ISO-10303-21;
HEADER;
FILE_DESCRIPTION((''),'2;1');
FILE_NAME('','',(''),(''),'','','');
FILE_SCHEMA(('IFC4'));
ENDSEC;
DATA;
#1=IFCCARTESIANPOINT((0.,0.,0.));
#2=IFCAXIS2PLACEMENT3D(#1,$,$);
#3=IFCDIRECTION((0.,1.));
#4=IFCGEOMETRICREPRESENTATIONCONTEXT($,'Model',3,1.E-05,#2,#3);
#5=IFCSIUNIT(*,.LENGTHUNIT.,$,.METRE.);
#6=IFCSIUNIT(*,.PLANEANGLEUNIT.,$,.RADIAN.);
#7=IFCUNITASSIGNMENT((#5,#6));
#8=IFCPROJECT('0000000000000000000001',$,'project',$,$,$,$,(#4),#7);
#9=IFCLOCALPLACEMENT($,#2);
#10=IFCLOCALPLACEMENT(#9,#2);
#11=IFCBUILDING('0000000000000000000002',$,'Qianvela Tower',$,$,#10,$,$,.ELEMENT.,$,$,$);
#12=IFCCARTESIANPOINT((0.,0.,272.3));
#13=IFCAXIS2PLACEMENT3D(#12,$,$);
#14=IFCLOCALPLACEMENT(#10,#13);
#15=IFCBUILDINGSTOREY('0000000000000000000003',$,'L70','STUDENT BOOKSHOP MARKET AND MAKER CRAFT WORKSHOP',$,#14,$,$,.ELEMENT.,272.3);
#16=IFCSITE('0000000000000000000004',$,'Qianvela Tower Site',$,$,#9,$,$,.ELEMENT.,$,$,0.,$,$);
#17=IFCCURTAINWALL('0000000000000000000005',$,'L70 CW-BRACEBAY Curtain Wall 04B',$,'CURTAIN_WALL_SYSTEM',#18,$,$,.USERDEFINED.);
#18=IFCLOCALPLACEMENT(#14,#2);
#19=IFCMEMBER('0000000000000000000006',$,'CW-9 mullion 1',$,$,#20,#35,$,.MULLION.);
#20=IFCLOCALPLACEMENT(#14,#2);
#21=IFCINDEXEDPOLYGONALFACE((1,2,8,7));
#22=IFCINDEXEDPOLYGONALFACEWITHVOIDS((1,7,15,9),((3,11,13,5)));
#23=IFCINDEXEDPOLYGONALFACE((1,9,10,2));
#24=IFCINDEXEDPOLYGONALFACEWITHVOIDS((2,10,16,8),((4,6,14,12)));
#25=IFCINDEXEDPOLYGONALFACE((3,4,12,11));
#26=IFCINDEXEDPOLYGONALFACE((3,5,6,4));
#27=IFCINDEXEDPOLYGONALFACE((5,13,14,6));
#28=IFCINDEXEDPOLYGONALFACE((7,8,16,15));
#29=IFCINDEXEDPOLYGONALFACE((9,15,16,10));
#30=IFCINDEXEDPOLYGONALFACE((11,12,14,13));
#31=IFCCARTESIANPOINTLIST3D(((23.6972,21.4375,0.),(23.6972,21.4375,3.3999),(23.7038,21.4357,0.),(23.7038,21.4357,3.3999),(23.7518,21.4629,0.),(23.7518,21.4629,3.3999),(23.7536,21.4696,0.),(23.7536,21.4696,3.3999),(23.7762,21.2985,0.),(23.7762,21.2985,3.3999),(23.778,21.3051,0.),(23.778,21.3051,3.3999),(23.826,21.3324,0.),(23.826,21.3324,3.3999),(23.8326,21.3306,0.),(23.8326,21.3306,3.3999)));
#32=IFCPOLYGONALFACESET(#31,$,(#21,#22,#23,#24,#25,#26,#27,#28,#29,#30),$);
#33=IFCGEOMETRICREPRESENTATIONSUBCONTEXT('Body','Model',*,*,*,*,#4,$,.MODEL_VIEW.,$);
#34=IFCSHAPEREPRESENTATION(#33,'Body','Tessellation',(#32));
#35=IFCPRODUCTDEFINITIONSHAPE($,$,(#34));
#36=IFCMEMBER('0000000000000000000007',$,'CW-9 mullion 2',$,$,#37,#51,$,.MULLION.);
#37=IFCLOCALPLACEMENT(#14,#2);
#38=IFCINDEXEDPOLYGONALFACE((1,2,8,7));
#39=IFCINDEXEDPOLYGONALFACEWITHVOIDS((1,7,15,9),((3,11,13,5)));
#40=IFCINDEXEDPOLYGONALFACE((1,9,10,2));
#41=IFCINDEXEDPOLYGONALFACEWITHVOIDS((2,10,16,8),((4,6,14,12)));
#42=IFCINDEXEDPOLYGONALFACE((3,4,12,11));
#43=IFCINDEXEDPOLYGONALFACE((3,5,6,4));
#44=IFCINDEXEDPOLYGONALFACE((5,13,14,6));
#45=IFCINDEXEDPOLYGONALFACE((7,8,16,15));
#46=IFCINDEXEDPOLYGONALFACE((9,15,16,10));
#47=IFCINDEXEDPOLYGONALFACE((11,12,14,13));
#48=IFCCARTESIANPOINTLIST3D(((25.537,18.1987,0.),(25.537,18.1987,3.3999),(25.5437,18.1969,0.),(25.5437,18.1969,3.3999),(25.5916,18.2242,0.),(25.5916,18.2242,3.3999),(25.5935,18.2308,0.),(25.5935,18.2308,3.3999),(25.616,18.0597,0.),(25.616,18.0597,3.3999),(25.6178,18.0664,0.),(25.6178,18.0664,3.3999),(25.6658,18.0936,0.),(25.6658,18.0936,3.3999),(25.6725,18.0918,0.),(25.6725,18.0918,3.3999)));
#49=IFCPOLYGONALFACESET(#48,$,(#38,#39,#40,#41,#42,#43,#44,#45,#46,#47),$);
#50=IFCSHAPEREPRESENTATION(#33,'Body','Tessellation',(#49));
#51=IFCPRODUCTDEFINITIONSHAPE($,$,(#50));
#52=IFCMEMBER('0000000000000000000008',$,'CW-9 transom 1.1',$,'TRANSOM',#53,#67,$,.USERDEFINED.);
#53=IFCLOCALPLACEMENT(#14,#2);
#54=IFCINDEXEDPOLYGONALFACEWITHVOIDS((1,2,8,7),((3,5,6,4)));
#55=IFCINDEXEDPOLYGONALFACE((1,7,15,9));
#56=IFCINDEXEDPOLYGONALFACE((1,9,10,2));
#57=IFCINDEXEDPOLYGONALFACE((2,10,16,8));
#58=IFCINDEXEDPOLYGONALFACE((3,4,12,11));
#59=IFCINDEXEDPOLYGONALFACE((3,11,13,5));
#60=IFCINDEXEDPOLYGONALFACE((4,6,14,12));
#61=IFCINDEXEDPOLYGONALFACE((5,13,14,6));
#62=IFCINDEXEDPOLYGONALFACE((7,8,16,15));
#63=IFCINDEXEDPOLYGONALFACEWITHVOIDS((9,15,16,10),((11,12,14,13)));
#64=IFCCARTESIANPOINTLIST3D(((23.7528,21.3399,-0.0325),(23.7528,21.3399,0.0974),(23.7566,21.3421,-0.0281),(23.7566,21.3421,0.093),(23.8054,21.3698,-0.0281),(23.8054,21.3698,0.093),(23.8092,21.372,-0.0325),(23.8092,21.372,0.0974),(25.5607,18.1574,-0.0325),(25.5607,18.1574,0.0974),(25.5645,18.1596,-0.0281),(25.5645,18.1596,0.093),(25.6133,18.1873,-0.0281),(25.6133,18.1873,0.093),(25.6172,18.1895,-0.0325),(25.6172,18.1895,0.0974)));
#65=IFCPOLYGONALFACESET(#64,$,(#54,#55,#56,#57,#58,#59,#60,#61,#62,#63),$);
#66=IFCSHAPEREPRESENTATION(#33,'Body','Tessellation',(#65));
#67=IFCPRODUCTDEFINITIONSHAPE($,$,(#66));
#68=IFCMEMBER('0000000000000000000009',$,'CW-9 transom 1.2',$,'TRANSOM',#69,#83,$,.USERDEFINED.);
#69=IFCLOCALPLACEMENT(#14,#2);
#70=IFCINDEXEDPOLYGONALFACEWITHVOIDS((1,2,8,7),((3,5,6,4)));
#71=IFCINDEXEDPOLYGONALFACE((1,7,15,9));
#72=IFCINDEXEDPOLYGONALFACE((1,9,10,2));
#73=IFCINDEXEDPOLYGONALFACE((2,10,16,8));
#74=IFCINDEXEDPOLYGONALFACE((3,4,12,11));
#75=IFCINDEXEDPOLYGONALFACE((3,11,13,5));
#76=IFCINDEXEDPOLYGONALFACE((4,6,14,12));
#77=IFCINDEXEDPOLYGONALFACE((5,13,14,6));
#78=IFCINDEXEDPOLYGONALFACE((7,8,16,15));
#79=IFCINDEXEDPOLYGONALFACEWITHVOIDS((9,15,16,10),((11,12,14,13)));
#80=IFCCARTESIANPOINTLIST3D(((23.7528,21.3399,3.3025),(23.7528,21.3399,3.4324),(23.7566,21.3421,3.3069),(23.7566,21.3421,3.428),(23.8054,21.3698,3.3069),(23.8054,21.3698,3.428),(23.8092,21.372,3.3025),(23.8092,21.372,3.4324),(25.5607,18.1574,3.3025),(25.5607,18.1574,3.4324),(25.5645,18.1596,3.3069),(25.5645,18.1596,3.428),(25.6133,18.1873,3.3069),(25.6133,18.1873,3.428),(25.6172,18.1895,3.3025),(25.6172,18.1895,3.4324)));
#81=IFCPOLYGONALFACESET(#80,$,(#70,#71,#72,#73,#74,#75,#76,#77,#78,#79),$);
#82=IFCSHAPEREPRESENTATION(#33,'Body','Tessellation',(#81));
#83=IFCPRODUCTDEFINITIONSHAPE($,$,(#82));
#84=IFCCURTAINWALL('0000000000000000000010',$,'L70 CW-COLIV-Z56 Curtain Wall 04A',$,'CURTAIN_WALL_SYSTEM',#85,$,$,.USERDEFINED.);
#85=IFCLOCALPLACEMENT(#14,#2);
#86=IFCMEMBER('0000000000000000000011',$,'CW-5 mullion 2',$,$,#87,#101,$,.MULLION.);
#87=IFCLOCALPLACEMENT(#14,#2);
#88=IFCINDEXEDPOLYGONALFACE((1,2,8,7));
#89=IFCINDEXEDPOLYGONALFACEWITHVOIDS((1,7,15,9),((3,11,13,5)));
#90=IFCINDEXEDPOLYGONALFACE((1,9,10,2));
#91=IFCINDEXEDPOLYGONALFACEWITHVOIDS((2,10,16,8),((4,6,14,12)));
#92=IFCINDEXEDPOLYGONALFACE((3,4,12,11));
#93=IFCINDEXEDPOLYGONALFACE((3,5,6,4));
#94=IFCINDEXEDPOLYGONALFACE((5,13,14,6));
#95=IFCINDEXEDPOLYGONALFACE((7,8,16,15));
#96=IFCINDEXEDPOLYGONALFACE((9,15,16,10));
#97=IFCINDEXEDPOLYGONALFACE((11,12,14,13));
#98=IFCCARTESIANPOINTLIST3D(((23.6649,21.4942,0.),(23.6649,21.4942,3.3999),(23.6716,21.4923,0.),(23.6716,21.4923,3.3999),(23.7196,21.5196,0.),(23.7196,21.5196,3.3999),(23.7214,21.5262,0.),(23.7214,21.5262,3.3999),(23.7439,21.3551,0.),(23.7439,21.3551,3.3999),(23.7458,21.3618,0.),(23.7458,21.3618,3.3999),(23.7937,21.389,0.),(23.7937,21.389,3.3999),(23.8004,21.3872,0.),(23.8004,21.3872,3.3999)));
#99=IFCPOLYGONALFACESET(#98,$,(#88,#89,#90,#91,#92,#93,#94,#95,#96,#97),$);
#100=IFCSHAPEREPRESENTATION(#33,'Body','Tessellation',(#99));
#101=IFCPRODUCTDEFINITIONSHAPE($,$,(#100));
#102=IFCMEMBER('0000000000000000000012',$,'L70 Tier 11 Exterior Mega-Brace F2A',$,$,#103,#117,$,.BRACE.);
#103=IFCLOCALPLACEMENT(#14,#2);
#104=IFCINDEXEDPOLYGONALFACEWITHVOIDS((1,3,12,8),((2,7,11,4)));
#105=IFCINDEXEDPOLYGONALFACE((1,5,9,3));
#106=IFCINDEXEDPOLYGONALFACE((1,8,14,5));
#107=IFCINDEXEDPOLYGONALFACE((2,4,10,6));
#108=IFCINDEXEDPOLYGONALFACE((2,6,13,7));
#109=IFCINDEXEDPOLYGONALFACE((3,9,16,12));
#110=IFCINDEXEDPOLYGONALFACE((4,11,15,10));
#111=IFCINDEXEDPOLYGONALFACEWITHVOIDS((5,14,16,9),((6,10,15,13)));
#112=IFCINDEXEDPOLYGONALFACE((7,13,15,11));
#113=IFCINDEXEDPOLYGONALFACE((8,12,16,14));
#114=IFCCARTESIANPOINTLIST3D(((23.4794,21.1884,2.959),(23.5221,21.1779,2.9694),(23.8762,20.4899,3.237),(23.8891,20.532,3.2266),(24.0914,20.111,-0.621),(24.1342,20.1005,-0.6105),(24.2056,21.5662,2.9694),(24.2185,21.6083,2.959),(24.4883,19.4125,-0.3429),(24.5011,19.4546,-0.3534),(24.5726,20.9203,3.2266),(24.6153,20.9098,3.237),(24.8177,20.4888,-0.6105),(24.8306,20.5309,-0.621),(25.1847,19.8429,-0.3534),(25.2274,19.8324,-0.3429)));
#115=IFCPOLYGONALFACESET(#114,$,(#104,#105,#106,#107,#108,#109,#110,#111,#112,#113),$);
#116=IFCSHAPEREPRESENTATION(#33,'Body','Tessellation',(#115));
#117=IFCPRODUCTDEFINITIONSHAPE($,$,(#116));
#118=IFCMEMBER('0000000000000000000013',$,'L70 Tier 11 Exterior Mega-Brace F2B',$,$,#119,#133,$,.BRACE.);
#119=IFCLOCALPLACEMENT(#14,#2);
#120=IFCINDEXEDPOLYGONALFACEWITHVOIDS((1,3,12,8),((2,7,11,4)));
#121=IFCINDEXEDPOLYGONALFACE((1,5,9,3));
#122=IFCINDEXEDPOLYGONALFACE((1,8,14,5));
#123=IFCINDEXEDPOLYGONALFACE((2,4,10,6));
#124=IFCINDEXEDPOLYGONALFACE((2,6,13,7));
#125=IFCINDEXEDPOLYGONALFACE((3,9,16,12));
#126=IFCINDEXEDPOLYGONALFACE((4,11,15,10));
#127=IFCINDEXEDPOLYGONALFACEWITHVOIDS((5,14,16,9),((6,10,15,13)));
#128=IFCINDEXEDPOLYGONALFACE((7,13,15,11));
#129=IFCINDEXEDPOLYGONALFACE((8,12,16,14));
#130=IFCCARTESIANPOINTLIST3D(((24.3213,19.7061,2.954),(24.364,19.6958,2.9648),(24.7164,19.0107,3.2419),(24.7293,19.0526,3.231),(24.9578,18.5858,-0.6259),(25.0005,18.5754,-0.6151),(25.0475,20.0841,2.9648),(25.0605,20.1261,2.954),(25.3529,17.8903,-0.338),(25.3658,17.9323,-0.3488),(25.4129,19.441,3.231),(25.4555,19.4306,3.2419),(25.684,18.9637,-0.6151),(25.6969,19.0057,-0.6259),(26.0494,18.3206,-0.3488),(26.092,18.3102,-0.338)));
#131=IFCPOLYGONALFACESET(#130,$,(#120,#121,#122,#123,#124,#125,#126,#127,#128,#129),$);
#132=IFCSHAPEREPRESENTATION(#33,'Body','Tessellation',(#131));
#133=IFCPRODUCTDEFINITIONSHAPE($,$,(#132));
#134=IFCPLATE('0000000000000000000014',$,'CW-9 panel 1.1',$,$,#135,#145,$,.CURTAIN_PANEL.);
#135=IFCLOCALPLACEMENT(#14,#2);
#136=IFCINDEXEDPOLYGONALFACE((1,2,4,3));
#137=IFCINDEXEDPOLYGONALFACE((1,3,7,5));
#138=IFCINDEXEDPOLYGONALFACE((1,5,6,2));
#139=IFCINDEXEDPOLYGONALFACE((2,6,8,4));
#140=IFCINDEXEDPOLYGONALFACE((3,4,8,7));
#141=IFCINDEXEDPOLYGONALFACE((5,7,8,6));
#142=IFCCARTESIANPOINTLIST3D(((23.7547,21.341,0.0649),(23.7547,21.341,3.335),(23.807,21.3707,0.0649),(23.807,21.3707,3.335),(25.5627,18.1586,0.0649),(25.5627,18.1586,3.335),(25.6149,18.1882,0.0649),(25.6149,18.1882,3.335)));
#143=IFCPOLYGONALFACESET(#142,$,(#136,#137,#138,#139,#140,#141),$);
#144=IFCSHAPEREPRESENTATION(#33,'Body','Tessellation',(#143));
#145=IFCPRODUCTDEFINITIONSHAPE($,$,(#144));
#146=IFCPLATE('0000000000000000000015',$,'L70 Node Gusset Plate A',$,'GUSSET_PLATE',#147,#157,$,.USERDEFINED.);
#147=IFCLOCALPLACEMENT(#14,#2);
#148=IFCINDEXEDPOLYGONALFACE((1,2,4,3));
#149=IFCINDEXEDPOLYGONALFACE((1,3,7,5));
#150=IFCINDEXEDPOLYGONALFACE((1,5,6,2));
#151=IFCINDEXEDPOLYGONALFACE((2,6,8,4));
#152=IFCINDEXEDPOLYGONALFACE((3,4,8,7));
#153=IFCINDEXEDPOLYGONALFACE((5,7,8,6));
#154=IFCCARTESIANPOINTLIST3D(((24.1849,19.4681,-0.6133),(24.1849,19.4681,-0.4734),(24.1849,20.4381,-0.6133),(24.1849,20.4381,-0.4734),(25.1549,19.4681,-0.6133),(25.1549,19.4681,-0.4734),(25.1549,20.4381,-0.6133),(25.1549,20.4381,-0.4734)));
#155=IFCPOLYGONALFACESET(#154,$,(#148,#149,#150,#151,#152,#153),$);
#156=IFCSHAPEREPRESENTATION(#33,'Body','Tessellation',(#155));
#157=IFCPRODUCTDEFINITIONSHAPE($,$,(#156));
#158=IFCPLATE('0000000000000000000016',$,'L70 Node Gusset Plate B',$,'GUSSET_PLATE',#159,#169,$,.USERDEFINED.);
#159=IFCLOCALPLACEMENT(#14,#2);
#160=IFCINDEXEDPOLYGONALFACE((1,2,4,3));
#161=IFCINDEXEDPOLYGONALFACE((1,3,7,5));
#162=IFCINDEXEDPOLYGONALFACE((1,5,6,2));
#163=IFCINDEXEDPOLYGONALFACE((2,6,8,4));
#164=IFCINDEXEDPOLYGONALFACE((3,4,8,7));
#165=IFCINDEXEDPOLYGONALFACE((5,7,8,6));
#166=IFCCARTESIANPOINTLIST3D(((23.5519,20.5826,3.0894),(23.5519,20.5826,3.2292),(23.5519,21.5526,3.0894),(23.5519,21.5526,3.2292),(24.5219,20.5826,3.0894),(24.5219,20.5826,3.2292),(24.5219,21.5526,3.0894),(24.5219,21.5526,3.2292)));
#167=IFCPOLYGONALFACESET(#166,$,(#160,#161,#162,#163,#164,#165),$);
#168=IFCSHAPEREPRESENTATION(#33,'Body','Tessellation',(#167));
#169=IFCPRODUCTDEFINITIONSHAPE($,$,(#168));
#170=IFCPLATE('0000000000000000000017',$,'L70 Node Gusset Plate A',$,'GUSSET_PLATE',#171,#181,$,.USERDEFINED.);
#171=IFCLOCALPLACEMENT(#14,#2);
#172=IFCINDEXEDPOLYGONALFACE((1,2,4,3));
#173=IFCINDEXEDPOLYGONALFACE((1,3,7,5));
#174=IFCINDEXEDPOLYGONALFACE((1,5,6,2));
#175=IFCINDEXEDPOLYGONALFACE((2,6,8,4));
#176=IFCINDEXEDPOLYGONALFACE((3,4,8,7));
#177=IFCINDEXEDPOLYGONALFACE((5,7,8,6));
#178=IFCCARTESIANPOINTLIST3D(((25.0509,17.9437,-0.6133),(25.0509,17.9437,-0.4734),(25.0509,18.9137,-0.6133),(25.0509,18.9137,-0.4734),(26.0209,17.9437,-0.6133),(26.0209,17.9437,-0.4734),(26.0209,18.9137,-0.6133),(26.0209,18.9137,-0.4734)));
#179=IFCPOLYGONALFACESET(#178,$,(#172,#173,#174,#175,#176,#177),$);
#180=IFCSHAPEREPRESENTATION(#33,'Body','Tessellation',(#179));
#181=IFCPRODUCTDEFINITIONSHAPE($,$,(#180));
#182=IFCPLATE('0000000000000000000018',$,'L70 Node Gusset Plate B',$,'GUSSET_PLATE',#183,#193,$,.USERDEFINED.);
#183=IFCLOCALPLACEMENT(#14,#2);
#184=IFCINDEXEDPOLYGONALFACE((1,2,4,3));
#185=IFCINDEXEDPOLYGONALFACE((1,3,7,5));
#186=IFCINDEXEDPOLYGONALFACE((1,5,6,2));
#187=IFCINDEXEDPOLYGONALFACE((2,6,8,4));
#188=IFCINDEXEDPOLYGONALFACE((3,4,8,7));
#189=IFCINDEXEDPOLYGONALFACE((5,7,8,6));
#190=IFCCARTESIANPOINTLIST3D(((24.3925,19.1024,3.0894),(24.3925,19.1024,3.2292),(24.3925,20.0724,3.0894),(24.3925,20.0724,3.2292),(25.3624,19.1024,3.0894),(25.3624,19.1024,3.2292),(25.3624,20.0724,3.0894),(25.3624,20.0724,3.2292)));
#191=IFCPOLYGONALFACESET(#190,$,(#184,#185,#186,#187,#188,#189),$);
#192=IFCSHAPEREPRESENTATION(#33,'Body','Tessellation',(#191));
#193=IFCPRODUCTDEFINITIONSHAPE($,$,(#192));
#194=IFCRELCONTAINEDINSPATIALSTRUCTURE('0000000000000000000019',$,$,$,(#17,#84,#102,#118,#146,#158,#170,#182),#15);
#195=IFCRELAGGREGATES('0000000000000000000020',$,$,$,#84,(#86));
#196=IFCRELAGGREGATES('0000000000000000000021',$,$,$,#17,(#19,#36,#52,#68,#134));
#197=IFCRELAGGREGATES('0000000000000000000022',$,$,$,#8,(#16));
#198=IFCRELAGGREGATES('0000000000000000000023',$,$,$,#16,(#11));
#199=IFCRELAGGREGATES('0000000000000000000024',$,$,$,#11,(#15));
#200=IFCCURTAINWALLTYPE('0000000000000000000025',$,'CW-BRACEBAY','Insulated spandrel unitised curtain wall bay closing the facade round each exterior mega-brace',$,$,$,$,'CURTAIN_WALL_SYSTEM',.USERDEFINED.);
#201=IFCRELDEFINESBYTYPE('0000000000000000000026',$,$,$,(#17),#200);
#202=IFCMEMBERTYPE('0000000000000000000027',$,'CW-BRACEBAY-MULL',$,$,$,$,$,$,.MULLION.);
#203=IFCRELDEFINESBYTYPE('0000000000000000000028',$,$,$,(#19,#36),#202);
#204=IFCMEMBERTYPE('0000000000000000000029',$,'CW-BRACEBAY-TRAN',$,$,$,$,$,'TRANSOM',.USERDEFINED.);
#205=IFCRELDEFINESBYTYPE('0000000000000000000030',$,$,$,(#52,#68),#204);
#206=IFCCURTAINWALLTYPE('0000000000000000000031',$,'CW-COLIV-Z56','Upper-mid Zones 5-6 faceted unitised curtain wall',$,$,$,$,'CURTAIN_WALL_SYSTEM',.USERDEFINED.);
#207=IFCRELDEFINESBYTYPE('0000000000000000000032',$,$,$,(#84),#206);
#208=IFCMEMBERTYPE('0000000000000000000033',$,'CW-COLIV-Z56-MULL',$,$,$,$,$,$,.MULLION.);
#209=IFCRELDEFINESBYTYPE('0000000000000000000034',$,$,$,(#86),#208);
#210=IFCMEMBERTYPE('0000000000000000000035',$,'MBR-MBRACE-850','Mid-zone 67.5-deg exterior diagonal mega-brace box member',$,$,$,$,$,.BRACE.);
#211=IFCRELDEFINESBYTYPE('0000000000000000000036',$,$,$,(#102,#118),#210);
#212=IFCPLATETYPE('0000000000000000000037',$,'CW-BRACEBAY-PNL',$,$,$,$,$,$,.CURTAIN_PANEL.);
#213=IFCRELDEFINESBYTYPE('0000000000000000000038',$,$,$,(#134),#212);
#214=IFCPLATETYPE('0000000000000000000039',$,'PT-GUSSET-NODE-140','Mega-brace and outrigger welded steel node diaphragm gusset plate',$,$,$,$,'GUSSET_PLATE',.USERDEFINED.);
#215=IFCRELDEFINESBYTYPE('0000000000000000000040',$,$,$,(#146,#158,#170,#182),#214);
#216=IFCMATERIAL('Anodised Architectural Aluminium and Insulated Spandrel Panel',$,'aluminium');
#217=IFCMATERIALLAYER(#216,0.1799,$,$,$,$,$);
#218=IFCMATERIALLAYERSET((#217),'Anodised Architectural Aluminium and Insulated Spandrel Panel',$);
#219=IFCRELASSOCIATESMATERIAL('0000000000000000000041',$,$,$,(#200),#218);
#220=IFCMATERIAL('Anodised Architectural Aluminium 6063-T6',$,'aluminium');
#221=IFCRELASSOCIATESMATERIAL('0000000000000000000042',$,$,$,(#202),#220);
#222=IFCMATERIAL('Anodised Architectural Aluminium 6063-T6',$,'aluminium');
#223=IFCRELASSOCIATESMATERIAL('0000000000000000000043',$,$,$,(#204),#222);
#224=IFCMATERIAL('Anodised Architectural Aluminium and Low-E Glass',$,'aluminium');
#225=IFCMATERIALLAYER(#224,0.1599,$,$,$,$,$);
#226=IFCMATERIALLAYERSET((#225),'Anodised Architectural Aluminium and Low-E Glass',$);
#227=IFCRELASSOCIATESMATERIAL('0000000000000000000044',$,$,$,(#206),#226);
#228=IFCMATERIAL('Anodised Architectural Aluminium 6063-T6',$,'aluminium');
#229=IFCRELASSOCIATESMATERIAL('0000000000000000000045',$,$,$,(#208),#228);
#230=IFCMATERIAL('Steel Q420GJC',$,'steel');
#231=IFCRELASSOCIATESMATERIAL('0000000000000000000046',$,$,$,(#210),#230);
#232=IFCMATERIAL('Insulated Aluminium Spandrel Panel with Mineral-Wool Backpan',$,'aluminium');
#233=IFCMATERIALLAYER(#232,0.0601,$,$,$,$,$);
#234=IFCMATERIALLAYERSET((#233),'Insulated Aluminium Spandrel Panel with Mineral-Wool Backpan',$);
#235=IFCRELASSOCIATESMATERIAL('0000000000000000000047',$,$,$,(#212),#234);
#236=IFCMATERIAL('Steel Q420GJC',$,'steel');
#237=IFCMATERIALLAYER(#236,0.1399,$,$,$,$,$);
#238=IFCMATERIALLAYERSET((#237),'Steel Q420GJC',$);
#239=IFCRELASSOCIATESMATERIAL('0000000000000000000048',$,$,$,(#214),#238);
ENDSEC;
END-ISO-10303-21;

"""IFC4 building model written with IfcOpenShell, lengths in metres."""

from ifc_helpers import new_model, si_unit, direction, frame, origin, origin_2d, place, context, subcontext, project, spatial, rectangle, hollow_rectangle, extrude, material, layer, layer_set, material_profile, profile_set, type_object, element, aggregate, save


model = new_model("IFC4")

# Units and contexts
model_context = context("Model", 3, precision=1e-05, world=origin(), true_north=direction((0.0, 1.0)))
body_context = subcontext(model_context, "Body", "Model", "MODEL_VIEW")
ifc_project = project(units=[si_unit("LENGTHUNIT", "METRE"), si_unit("PLANEANGLEUNIT", "RADIAN")], contexts=[model_context])

# Site, building, storey
site_placement = place(None, origin())
site = spatial("IfcSite", under=ifc_project, at=site_placement, Name="Qianvela Tower Site", CompositionType="ELEMENT", RefElevation=0.0)
building_placement = place(site_placement, origin())
building = spatial("IfcBuilding", under=site, at=building_placement, Name="Qianvela Tower", CompositionType="ELEMENT")
storey_placement = place(building_placement, frame((0.0, 0.0, 272.3)))
storey = spatial("IfcBuildingStorey", under=building, at=storey_placement, Name="L70", Description="STUDENT BOOKSHOP MARKET AND MAKER CRAFT WORKSHOP", CompositionType="ELEMENT", Elevation=272.3)

# Curtain wall, members
ifc_material_1 = material(Name="Anodised Architectural Aluminium and Insulated Spandrel Panel", Category="aluminium")
ifc_layer_1 = layer(ifc_material_1, 0.1799)
ifc_layer_set_1 = layer_set([ifc_layer_1], Name="Anodised Architectural Aluminium and Insulated Spandrel Panel")
curtain_wall_type_1 = type_object("IfcCurtainWallType", Name="CW-BRACEBAY", Description="Insulated spandrel unitised curtain wall bay closing the facade round each exterior mega-brace", ElementType="CURTAIN_WALL_SYSTEM", PredefinedType="USERDEFINED", material=ifc_layer_set_1)
curtain_wall_1_placement = place(storey_placement, origin())
curtain_wall_1 = element("IfcCurtainWall", 1, at=curtain_wall_1_placement, inside=storey, type_object=curtain_wall_type_1, Name="L70 CW-BRACEBAY Curtain Wall 04B", ObjectType="CURTAIN_WALL_SYSTEM", PredefinedType="USERDEFINED")
ifc_material_2 = material(Name="Anodised Architectural Aluminium 6063-T6", Category="aluminium")
ifc_material_profile_1 = material_profile(ifc_material_2, hollow_rectangle(XDim=0.0649, YDim=0.1599, WallThickness=0.0049, at=origin_2d()), Name="ALU-MULL-65x160")
ifc_profile_set_1 = profile_set([ifc_material_profile_1], Name="Anodised Architectural Aluminium 6063-T6")
member_type_1 = type_object("IfcMemberType", Name="CW-BRACEBAY-MULL", PredefinedType="MULLION", material=ifc_profile_set_1)
member_1_placement = place(storey_placement, frame((23.7649, 21.384, 0.0), z_axis=(0.0, 0.0, 1.0), x_axis=(0.869489, 0.493952, 0.0)))
member_1 = element("IfcMember", 2, at=member_1_placement, type_object=member_type_1, Name="CW-9 mullion 1", PredefinedType="MULLION", context=body_context, shape_type="SweptSolid", body=[
    extrude(hollow_rectangle(XDim=0.0649, YDim=0.1599, WallThickness=0.0049, at=origin_2d()), origin(), (0.0, 0.0, 1.0), 3.3999),
])
member_2_placement = place(storey_placement, frame((25.6047, 18.1453, 0.0), z_axis=(0.0, 0.0, 1.0), x_axis=(0.869489, 0.493952, 0.0)))
member_2 = element("IfcMember", 3, at=member_2_placement, type_object=member_type_1, Name="CW-9 mullion 2", PredefinedType="MULLION", context=body_context, shape_type="SweptSolid", body=[
    extrude(hollow_rectangle(XDim=0.0649, YDim=0.1599, WallThickness=0.0049, at=origin_2d()), origin(), (0.0, 0.0, 1.0), 3.3999),
])
ifc_material_3 = material(Name="Anodised Architectural Aluminium 6063-T6", Category="aluminium")
ifc_material_profile_2 = material_profile(ifc_material_3, hollow_rectangle(XDim=0.0649, YDim=0.1299, WallThickness=0.0044, at=origin_2d()), Name="ALU-TRAN-65x130")
ifc_profile_set_2 = profile_set([ifc_material_profile_2], Name="Anodised Architectural Aluminium 6063-T6")
member_type_2 = type_object("IfcMemberType", Name="CW-BRACEBAY-TRAN", ElementType="TRANSOM", PredefinedType="USERDEFINED", material=ifc_profile_set_2)
member_3_placement = place(storey_placement, frame((23.781, 21.356, 0.0325), z_axis=(0.493946, -0.869492, 0.0), x_axis=(0.869492, 0.493946, 0.0)))
member_3 = element("IfcMember", 4, at=member_3_placement, type_object=member_type_2, Name="CW-9 transom 1.1", ObjectType="TRANSOM", PredefinedType="USERDEFINED", context=body_context, shape_type="SweptSolid", body=[
    extrude(hollow_rectangle(XDim=0.0649, YDim=0.1299, WallThickness=0.0044, at=origin_2d()), origin(), (0.0, 0.0, 1.0), 3.6602),
])
member_4_placement = place(storey_placement, frame((23.781, 21.356, 3.3674), z_axis=(0.493946, -0.869492, 0.0), x_axis=(0.869492, 0.493946, 0.0)))
member_4 = element("IfcMember", 5, at=member_4_placement, type_object=member_type_2, Name="CW-9 transom 1.2", ObjectType="TRANSOM", PredefinedType="USERDEFINED", context=body_context, shape_type="SweptSolid", body=[
    extrude(hollow_rectangle(XDim=0.0649, YDim=0.1299, WallThickness=0.0044, at=origin_2d()), origin(), (0.0, 0.0, 1.0), 3.6602),
])

# Curtain wall, member
ifc_material_4 = material(Name="Anodised Architectural Aluminium and Low-E Glass", Category="aluminium")
ifc_layer_2 = layer(ifc_material_4, 0.1599)
ifc_layer_set_2 = layer_set([ifc_layer_2], Name="Anodised Architectural Aluminium and Low-E Glass")
curtain_wall_type_2 = type_object("IfcCurtainWallType", Name="CW-COLIV-Z56", Description="Upper-mid Zones 5-6 faceted unitised curtain wall", ElementType="CURTAIN_WALL_SYSTEM", PredefinedType="USERDEFINED", material=ifc_layer_set_2)
curtain_wall_2_placement = place(storey_placement, origin())
curtain_wall_2 = element("IfcCurtainWall", 6, at=curtain_wall_2_placement, inside=storey, type_object=curtain_wall_type_2, Name="L70 CW-COLIV-Z56 Curtain Wall 04A", ObjectType="CURTAIN_WALL_SYSTEM", PredefinedType="USERDEFINED")
ifc_material_5 = material(Name="Anodised Architectural Aluminium 6063-T6", Category="aluminium")
ifc_material_profile_3 = material_profile(ifc_material_5, hollow_rectangle(XDim=0.0649, YDim=0.1599, WallThickness=0.0049, at=origin_2d()), Name="ALU-MULL-65x160")
ifc_profile_set_3 = profile_set([ifc_material_profile_3], Name="Anodised Architectural Aluminium 6063-T6")
member_type_3 = type_object("IfcMemberType", Name="CW-COLIV-Z56-MULL", PredefinedType="MULLION", material=ifc_profile_set_3)
member_5_placement = place(storey_placement, frame((23.7327, 21.4407, 0.0), z_axis=(0.0, 0.0, 1.0), x_axis=(0.869496, 0.493941, 0.0)))
member_5 = element("IfcMember", 7, at=member_5_placement, type_object=member_type_3, Name="CW-5 mullion 2", PredefinedType="MULLION", context=body_context, shape_type="SweptSolid", body=[
    extrude(hollow_rectangle(XDim=0.0649, YDim=0.1599, WallThickness=0.0049, at=origin_2d()), origin(), (0.0, 0.0, 1.0), 3.3999),
])
aggregate(curtain_wall_2, [member_5])

# Members
ifc_material_6 = material(Name="Steel Q420GJC", Category="steel")
ifc_material_profile_4 = material_profile(ifc_material_6, hollow_rectangle(XDim=0.8501, YDim=0.8501, WallThickness=0.032, at=origin_2d()), Name="MBOX-850x850x32")
ifc_profile_set_4 = profile_set([ifc_material_profile_4], Name="Steel Q420GJC")
member_type_4 = type_object("IfcMemberType", Name="MBR-MBRACE-850", Description="Mid-zone 67.5-deg exterior diagonal mega-brace box member", PredefinedType="BRACE", material=ifc_profile_set_4)
member_6_placement = place(storey_placement, frame((24.6594, 19.9717, -0.4819), z_axis=(-0.161569, 0.284406, 0.944991), x_axis=(-0.869489, -0.493952, 0.0)))
element("IfcMember", 8, at=member_6_placement, inside=storey, type_object=member_type_4, Name="L70 Tier 11 Exterior Mega-Brace F2A", PredefinedType="BRACE", context=body_context, shape_type="SweptSolid", body=[
    extrude(hollow_rectangle(XDim=0.8501, YDim=0.8501, WallThickness=0.032, at=origin_2d()), origin(), (0.0, 0.0, 1.0), 3.7883),
])
member_7_placement = place(storey_placement, frame((25.5249, 18.448, -0.4819), z_axis=(-0.167288, 0.29447, 0.940905), x_axis=(-0.869488, -0.493954, 0.0)))
element("IfcMember", 9, at=member_7_placement, inside=storey, type_object=member_type_4, Name="L70 Tier 11 Exterior Mega-Brace F2B", PredefinedType="BRACE", context=body_context, shape_type="SweptSolid", body=[
    extrude(hollow_rectangle(XDim=0.8501, YDim=0.8501, WallThickness=0.032, at=origin_2d()), origin(), (0.0, 0.0, 1.0), 3.8047),
])

# Plate
ifc_material_7 = material(Name="Insulated Aluminium Spandrel Panel with Mineral-Wool Backpan", Category="aluminium")
ifc_layer_3 = layer(ifc_material_7, 0.0601)
ifc_layer_set_3 = layer_set([ifc_layer_3], Name="Insulated Aluminium Spandrel Panel with Mineral-Wool Backpan")
plate_type_1 = type_object("IfcPlateType", Name="CW-BRACEBAY-PNL", PredefinedType="CURTAIN_PANEL", material=ifc_layer_set_3)
plate_placement = place(storey_placement, frame((24.6848, 19.7646, 0.0649), z_axis=(0.0, 0.0, 1.0), x_axis=(0.493952, -0.869489, 0.0)))
plate = element("IfcPlate", 10, at=plate_placement, type_object=plate_type_1, Name="CW-9 panel 1.1", PredefinedType="CURTAIN_PANEL", context=body_context, shape_type="SweptSolid", body=[
    extrude(rectangle(XDim=3.6602, YDim=0.0601, at=origin_2d()), origin(), (0.0, 0.0, 1.0), 3.27),
])
aggregate(curtain_wall_1, [member_1, member_2, member_3, member_4, plate])

# Plates
ifc_material_8 = material(Name="Steel Q420GJC", Category="steel")
ifc_layer_4 = layer(ifc_material_8, 0.1399)
ifc_layer_set_4 = layer_set([ifc_layer_4], Name="Steel Q420GJC")
plate_type_2 = type_object("IfcPlateType", Name="PT-GUSSET-NODE-140", Description="Mega-brace and outrigger welded steel node diaphragm gusset plate", ElementType="GUSSET_PLATE", PredefinedType="USERDEFINED", material=ifc_layer_set_4)
for number, where, z_axis, x_axis, name in (
    (11, (24.6699, 19.9531, -0.6133), (0.0, 0.0, 1.0), (1.0, 0.0, 0.0), "L70 Node Gusset Plate A"),
    (12, (24.0369, 21.0676, 3.0894), (0.0, 0.0, 1.0), (1.0, 0.0, 0.0), "L70 Node Gusset Plate B"),
    (13, (25.5359, 18.4287, -0.6133), (0.0, 0.0, 1.0), (1.0, 0.0, 0.0), "L70 Node Gusset Plate A"),
    (14, (24.8774, 19.5874, 3.0894), (0.0, 0.0, 1.0), (1.0, 0.0, 0.0), "L70 Node Gusset Plate B"),
):
    element("IfcPlate", number, at=place(storey_placement, frame(where, z_axis=z_axis, x_axis=x_axis)), inside=storey, type_object=plate_type_2, Name=name, ObjectType="GUSSET_PLATE", PredefinedType="USERDEFINED", context=body_context, shape_type="SweptSolid", body=[
        extrude(rectangle(XDim=0.97, YDim=0.97, at=origin_2d()), origin(), (0.0, 0.0, 1.0), 0.1399),
    ])

save(model, "model.ifc")
